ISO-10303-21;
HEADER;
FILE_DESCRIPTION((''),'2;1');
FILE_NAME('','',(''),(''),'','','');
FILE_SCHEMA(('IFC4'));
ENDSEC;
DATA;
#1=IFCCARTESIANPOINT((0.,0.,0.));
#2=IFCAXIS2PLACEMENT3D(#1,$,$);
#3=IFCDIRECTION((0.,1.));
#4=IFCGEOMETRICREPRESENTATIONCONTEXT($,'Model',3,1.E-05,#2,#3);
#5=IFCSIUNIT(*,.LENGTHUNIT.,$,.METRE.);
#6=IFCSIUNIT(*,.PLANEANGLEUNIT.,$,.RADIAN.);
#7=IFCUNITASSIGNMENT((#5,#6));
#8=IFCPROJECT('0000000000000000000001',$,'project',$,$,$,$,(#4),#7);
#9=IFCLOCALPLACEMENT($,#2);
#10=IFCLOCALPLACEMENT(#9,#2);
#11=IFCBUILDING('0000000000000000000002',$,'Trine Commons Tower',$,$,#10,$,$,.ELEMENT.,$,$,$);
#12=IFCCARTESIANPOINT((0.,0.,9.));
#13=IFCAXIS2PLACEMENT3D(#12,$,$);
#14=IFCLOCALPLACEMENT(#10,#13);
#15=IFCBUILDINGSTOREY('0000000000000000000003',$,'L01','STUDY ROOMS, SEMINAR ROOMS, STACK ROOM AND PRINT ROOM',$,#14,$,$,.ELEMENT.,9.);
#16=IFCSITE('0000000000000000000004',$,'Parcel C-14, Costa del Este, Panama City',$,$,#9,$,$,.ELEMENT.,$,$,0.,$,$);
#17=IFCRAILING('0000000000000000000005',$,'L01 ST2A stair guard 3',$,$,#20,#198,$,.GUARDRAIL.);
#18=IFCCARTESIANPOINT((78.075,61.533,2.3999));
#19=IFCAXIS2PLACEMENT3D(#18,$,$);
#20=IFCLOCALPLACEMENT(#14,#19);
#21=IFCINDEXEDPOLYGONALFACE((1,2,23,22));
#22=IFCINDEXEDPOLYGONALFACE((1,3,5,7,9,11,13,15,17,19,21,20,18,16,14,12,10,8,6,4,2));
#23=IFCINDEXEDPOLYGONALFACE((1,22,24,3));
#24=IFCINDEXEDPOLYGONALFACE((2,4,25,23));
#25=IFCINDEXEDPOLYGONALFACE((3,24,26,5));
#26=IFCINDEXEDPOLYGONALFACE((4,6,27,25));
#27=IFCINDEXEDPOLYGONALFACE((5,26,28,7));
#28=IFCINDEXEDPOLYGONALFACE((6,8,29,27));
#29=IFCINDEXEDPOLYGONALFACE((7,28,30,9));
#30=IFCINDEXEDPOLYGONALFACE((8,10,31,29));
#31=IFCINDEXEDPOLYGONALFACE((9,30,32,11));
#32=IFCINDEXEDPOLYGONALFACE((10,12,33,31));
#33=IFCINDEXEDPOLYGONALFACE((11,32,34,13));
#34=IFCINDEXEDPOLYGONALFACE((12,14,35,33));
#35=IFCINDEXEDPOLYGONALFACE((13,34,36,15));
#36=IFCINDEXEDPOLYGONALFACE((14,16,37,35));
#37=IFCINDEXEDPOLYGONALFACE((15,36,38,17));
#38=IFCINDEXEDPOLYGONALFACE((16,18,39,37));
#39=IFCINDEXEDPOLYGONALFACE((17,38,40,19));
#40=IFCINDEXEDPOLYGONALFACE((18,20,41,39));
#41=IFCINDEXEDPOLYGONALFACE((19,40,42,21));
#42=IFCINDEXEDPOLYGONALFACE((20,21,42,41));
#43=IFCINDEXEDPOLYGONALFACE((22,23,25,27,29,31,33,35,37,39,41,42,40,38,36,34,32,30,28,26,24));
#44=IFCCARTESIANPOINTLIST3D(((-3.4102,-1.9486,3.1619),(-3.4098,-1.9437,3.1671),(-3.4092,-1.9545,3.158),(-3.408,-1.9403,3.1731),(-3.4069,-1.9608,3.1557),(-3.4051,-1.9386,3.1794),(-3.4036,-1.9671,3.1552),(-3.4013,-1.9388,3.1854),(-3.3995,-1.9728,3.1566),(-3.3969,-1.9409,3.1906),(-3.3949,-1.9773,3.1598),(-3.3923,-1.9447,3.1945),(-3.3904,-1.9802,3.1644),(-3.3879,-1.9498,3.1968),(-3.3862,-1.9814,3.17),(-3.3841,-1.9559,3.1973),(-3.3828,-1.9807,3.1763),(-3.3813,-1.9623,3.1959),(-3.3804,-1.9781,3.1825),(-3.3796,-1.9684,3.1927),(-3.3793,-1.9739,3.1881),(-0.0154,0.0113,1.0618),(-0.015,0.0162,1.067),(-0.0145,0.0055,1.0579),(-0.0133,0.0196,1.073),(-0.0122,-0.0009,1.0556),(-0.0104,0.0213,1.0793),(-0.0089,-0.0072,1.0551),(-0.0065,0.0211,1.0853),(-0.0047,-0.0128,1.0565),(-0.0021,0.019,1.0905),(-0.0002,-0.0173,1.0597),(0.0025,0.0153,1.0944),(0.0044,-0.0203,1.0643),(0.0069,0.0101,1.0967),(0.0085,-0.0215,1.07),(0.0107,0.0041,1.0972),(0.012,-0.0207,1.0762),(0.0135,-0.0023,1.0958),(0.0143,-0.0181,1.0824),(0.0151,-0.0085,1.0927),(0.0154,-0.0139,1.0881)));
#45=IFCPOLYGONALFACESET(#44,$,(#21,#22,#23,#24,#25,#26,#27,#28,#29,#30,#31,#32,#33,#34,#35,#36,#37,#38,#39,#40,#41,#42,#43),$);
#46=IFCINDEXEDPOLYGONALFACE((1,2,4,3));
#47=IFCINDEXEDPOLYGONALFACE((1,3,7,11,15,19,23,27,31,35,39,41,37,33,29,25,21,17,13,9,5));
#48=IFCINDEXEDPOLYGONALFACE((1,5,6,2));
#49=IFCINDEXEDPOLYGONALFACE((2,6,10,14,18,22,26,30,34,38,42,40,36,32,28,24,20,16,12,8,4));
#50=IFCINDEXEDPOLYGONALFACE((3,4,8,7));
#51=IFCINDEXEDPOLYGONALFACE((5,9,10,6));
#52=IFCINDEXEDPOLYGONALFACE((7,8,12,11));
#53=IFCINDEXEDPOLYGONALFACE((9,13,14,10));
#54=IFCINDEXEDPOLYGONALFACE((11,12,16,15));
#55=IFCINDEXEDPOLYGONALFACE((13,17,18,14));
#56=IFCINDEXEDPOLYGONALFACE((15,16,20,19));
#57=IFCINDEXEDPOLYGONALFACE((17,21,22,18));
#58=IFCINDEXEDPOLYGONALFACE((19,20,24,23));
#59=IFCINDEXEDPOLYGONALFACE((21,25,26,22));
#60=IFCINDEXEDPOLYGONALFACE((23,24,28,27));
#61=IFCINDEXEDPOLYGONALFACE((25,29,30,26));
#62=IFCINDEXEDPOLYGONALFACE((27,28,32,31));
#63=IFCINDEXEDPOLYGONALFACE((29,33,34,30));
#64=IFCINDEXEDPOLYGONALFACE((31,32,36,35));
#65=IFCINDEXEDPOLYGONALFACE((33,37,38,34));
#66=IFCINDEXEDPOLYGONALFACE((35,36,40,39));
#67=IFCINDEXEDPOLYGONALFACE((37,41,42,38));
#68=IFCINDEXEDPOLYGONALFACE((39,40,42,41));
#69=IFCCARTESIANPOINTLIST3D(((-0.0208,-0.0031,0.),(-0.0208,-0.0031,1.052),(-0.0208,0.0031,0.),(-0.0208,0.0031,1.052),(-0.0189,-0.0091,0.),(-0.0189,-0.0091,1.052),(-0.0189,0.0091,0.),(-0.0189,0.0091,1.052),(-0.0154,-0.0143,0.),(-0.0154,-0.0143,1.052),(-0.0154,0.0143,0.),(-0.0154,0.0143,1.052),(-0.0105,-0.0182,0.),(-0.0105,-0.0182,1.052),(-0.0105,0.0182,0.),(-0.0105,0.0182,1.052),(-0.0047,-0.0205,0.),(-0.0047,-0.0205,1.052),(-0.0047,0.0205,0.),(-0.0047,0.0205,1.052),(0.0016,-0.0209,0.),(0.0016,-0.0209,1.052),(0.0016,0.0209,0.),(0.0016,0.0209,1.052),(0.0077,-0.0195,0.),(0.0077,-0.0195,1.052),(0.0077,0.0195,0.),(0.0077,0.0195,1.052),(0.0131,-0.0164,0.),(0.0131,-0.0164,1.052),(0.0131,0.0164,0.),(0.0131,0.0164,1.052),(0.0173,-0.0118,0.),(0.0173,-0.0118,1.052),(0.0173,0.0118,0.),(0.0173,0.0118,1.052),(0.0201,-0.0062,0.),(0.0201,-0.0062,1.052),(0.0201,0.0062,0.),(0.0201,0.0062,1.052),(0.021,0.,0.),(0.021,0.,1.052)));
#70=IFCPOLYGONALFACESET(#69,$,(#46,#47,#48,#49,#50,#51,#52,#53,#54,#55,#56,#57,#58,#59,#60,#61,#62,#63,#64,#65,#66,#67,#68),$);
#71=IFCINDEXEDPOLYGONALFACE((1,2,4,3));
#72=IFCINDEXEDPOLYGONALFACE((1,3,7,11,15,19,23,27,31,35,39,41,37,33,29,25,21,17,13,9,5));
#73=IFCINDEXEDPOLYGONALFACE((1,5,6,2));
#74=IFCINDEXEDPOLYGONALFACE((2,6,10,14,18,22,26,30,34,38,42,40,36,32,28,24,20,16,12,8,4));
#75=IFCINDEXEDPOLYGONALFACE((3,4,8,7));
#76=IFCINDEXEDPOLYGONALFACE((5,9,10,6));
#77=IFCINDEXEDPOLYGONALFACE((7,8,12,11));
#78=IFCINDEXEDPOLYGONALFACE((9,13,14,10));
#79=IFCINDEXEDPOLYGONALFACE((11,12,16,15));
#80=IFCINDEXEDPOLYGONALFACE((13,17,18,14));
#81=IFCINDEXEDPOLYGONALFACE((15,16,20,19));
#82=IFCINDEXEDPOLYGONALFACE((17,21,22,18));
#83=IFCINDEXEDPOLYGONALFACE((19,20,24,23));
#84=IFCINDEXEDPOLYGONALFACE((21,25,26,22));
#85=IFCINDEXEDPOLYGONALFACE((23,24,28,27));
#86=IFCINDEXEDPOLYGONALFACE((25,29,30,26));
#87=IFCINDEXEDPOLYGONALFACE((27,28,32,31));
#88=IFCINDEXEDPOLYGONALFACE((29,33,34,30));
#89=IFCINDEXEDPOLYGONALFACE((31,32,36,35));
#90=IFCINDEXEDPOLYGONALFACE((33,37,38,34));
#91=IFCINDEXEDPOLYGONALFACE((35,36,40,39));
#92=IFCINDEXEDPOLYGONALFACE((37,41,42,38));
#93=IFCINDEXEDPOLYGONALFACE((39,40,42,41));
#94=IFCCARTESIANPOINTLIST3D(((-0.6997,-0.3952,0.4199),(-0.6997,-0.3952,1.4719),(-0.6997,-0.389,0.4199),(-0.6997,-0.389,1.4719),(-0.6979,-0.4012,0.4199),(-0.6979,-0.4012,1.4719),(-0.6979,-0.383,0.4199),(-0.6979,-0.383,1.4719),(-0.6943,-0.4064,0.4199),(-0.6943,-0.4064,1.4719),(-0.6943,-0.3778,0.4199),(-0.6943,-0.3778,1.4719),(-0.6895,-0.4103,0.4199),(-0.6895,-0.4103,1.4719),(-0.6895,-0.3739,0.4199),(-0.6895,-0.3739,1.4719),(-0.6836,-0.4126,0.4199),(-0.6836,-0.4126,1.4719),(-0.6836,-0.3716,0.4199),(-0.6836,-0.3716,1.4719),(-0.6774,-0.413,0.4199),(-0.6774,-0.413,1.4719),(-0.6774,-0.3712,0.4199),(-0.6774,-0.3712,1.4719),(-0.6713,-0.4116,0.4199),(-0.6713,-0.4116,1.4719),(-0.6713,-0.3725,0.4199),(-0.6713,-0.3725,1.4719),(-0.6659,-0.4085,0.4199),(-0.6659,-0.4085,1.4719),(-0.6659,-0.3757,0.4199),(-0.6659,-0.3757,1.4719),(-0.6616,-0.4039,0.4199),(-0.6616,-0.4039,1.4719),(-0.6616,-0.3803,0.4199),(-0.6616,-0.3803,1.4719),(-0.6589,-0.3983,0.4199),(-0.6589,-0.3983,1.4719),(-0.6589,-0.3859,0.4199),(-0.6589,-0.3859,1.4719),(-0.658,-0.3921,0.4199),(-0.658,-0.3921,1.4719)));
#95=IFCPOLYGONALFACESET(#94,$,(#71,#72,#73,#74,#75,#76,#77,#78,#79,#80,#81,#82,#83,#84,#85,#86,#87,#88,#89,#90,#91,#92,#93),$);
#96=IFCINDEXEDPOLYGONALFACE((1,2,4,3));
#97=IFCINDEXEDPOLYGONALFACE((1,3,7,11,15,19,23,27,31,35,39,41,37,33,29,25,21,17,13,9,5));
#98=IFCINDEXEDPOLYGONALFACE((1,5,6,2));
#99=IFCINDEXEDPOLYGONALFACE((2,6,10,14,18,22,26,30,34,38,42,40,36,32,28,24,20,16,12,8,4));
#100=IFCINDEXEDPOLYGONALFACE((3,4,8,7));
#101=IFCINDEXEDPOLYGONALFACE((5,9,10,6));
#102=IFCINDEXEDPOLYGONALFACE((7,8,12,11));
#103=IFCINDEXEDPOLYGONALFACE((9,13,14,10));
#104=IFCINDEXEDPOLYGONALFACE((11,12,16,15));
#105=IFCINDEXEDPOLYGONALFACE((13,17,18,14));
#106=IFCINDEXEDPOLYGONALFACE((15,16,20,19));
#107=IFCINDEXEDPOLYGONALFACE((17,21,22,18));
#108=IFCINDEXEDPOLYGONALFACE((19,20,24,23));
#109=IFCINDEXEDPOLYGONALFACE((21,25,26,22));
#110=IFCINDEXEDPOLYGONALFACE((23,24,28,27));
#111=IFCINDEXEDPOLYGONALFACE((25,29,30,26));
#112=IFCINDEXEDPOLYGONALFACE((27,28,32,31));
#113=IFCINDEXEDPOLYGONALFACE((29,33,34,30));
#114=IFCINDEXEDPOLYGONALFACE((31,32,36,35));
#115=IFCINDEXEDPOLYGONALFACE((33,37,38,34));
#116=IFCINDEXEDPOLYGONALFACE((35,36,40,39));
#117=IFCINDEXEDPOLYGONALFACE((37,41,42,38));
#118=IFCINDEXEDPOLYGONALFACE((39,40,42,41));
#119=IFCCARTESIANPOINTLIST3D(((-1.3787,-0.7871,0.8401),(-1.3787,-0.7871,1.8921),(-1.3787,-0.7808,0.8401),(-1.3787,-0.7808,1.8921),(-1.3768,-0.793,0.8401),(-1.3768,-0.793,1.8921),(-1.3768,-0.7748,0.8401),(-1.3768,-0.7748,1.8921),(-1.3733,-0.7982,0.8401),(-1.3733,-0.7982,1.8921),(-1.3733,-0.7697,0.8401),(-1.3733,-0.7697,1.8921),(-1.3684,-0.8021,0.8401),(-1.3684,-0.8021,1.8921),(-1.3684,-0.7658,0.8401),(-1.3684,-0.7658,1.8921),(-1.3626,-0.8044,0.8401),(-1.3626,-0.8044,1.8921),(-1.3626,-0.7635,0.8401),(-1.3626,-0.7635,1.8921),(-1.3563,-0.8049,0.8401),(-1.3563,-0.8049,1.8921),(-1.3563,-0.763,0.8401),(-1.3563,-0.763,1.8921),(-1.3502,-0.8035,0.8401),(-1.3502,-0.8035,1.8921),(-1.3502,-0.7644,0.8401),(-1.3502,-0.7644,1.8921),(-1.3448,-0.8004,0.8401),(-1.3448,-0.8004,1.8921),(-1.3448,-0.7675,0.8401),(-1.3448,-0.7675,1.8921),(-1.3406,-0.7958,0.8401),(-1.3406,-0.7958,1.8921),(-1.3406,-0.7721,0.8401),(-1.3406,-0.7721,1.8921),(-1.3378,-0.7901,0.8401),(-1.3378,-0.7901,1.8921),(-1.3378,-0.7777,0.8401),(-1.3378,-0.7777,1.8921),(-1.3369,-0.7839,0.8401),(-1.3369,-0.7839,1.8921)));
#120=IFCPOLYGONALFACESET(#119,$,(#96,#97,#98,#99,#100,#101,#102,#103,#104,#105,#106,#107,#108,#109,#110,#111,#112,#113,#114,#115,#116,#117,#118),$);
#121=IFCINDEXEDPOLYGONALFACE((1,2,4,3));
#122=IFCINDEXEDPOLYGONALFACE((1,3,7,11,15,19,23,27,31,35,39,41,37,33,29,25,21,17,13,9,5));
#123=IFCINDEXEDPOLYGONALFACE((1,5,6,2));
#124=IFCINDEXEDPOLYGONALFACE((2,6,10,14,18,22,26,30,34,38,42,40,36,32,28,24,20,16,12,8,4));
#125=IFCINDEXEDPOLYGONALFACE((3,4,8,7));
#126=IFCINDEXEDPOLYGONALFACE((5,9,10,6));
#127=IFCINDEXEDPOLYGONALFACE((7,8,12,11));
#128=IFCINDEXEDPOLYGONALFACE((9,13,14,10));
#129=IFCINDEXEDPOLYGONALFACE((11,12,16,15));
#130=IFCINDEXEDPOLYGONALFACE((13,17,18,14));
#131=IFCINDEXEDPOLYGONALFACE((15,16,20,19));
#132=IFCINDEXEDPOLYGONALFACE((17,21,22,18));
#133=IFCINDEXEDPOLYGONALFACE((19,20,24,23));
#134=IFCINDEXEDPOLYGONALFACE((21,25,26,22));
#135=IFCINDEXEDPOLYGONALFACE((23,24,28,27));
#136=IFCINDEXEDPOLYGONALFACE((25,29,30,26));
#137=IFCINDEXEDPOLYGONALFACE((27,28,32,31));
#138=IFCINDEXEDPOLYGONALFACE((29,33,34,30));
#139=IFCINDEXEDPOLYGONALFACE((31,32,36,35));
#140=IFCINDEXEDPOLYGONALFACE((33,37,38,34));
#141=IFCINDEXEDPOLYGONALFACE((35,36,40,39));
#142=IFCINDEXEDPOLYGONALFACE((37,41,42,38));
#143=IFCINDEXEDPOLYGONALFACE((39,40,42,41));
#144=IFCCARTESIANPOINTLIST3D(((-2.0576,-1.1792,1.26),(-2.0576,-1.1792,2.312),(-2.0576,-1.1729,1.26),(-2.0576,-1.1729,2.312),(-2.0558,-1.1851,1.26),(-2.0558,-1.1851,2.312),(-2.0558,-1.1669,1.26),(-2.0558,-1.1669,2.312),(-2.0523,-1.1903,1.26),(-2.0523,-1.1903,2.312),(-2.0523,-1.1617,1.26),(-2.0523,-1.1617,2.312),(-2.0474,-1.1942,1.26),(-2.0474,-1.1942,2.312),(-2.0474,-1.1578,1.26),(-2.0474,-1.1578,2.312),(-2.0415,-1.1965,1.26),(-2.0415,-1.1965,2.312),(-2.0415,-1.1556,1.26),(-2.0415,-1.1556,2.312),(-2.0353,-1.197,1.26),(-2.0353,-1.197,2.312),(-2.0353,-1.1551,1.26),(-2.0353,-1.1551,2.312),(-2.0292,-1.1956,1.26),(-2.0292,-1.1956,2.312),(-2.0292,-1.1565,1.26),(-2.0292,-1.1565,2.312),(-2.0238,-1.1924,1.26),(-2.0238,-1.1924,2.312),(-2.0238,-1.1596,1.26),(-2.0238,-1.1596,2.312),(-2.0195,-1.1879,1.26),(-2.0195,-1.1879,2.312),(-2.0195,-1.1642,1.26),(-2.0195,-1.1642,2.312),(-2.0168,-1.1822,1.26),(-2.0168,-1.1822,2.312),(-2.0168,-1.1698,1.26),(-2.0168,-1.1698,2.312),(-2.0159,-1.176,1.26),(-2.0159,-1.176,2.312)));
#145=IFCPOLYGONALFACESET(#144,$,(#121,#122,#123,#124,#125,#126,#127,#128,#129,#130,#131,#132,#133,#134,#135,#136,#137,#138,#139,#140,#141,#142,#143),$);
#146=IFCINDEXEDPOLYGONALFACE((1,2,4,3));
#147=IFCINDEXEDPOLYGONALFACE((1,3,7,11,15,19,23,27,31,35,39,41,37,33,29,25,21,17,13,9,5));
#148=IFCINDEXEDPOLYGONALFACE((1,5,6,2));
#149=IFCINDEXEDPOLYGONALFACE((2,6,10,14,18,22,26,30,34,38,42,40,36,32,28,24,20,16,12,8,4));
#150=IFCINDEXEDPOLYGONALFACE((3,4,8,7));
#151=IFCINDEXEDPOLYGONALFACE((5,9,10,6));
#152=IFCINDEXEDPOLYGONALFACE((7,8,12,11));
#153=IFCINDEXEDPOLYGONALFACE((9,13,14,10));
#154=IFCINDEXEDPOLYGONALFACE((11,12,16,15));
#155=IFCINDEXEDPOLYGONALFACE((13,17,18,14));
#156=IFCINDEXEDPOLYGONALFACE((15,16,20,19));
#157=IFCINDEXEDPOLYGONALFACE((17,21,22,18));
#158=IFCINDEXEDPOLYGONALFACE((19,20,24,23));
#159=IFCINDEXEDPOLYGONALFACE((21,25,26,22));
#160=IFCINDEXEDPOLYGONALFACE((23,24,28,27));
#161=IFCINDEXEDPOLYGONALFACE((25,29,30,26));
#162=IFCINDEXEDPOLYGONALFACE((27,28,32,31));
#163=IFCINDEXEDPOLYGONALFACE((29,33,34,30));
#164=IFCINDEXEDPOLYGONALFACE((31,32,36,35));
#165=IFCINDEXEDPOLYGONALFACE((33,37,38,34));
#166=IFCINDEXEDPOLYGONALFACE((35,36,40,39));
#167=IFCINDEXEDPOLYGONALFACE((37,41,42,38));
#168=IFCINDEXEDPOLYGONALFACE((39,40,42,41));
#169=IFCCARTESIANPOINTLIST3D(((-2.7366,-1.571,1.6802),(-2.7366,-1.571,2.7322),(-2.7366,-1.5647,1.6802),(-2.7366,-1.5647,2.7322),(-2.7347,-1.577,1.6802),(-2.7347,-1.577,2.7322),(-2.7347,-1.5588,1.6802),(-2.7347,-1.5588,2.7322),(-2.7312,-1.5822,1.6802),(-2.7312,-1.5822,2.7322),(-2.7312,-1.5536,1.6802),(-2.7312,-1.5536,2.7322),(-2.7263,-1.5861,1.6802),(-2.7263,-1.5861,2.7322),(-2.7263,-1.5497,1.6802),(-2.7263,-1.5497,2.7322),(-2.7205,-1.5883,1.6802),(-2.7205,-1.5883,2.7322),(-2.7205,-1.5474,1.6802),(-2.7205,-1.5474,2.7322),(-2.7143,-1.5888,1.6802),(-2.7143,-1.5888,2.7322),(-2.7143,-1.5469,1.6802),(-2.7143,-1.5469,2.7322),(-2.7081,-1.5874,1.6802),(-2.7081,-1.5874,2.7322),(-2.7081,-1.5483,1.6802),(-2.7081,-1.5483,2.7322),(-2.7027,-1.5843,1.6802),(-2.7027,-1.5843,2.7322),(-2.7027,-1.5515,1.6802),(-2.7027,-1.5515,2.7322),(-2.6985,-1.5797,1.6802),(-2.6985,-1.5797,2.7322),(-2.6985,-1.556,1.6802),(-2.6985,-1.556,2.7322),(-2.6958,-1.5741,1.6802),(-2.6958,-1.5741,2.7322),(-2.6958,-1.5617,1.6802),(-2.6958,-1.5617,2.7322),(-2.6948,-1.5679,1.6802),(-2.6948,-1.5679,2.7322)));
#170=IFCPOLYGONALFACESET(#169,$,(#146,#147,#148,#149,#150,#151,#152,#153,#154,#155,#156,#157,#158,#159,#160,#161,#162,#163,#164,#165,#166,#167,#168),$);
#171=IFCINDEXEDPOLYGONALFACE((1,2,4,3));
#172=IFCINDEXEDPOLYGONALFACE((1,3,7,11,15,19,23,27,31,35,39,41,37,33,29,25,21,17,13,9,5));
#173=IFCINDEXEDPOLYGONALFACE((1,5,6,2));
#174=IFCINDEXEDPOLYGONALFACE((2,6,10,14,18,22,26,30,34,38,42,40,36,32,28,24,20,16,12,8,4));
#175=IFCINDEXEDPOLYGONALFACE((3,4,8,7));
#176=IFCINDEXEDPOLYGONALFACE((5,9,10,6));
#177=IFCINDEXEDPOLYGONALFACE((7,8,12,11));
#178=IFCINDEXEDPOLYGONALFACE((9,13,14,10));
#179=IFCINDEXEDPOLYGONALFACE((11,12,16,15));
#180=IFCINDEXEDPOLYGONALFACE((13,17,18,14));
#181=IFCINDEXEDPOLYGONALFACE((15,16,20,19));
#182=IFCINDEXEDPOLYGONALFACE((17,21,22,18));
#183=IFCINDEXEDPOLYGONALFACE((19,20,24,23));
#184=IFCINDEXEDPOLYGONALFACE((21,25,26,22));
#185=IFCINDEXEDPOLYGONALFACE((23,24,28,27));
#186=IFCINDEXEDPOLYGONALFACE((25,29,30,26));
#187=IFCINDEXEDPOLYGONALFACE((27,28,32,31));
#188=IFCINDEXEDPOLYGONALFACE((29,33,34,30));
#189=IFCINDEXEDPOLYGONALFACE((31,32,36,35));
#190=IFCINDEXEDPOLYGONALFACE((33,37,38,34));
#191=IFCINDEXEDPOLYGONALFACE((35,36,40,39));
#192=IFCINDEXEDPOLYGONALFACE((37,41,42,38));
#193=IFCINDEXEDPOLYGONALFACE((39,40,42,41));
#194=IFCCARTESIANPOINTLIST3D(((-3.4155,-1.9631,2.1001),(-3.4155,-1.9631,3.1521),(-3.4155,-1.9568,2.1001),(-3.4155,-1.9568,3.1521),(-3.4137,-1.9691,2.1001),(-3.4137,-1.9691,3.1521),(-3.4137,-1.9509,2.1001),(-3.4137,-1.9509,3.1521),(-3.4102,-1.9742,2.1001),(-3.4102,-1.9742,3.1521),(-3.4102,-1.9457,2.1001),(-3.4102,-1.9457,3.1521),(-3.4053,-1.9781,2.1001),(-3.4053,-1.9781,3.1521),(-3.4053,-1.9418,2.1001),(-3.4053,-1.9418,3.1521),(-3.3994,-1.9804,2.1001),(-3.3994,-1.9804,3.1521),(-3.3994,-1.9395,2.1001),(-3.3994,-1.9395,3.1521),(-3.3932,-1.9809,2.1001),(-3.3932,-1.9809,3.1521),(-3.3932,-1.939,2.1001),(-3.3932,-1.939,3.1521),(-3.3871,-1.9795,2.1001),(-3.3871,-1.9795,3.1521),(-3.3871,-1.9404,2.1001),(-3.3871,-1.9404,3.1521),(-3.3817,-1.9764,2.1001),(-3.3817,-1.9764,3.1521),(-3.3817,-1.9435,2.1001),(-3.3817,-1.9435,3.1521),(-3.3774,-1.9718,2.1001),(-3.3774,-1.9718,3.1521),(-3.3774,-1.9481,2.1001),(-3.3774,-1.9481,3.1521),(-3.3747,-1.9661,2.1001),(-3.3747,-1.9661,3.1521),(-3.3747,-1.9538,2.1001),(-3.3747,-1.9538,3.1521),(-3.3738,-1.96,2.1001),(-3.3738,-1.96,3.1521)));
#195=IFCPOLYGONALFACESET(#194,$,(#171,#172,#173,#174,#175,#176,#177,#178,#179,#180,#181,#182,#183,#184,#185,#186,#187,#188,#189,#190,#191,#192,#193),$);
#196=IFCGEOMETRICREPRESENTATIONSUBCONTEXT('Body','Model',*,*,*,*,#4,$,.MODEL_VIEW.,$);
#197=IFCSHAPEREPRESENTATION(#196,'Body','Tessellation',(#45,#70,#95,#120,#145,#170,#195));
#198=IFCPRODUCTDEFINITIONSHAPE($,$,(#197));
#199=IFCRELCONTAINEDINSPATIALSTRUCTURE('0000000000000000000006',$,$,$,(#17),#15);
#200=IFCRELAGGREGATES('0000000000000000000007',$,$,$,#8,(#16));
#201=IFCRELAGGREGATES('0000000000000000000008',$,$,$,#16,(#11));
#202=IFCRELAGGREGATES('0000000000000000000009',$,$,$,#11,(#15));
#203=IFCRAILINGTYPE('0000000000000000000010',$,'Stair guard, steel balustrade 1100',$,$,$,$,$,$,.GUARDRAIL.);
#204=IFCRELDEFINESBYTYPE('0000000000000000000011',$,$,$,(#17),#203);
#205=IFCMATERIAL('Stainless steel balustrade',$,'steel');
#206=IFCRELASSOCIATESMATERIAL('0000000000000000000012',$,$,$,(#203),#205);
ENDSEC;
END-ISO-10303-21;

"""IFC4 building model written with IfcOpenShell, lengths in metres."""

from ifc_helpers import new_model, si_unit, direction, frame, origin, origin_2d, place, context, subcontext, project, spatial, circle, extrude, material, type_object, element, save


model = new_model("IFC4")

# Units and contexts
model_context = context("Model", 3, precision=1e-05, world=origin(), true_north=direction((0.0, 1.0)))
body_context = subcontext(model_context, "Body", "Model", "MODEL_VIEW")
ifc_project = project(units=[si_unit("LENGTHUNIT", "METRE"), si_unit("PLANEANGLEUNIT", "RADIAN")], contexts=[model_context])

# Site, building, storey
site_placement = place(None, origin())
site = spatial("IfcSite", under=ifc_project, at=site_placement, Name="Parcel C-14, Costa del Este, Panama City", CompositionType="ELEMENT", RefElevation=0.0)
building_placement = place(site_placement, origin())
building = spatial("IfcBuilding", under=site, at=building_placement, Name="Trine Commons Tower", CompositionType="ELEMENT")
storey_placement = place(building_placement, frame((0.0, 0.0, 9.0)))
storey = spatial("IfcBuildingStorey", under=building, at=storey_placement, Name="L01", Description="STUDY ROOMS, SEMINAR ROOMS, STACK ROOM AND PRINT ROOM", CompositionType="ELEMENT", Elevation=9.0)

# Railing
ifc_material_1 = material(Name="Stainless steel balustrade", Category="steel")
railing_type_1 = type_object("IfcRailingType", Name="Stair guard, steel balustrade 1100", PredefinedType="GUARDRAIL", material=ifc_material_1)
railing_1_placement = place(storey_placement, frame((78.075, 61.533, 2.3999)))
element("IfcRailing", 1, at=railing_1_placement, inside=storey, type_object=railing_type_1, Name="L01 ST2A stair guard 3", PredefinedType="GUARDRAIL", context=body_context, shape_type="SweptSolid", body=[
    extrude(circle(Radius=0.0239, at=origin_2d()), frame((0.0, 0.0, 1.0762), z_axis=(-0.763375, -0.440732, 0.472244), x_axis=(0.499997, -0.866027, 0.0)), (0.0, 0.0, 1.0), 4.447),
    extrude(circle(Radius=0.021, at=origin_2d()), origin(), (0.0, 0.0, 1.0), 1.052),
    extrude(circle(Radius=0.021, at=origin_2d()), frame((-0.679, -0.3921, 0.4199)), (0.0, 0.0, 1.0), 1.052),
    extrude(circle(Radius=0.021, at=origin_2d()), frame((-1.3579, -0.7839, 0.8401)), (0.0, 0.0, 1.0), 1.052),
    extrude(circle(Radius=0.021, at=origin_2d()), frame((-2.0369, -1.176, 1.26)), (0.0, 0.0, 1.0), 1.052),
    extrude(circle(Radius=0.021, at=origin_2d()), frame((-2.7158, -1.5679, 1.6802)), (0.0, 0.0, 1.0), 1.052),
    extrude(circle(Radius=0.021, at=origin_2d()), frame((-3.3948, -1.96, 2.1001)), (0.0, 0.0, 1.0), 1.052),
])

save(model, "model.ifc")
